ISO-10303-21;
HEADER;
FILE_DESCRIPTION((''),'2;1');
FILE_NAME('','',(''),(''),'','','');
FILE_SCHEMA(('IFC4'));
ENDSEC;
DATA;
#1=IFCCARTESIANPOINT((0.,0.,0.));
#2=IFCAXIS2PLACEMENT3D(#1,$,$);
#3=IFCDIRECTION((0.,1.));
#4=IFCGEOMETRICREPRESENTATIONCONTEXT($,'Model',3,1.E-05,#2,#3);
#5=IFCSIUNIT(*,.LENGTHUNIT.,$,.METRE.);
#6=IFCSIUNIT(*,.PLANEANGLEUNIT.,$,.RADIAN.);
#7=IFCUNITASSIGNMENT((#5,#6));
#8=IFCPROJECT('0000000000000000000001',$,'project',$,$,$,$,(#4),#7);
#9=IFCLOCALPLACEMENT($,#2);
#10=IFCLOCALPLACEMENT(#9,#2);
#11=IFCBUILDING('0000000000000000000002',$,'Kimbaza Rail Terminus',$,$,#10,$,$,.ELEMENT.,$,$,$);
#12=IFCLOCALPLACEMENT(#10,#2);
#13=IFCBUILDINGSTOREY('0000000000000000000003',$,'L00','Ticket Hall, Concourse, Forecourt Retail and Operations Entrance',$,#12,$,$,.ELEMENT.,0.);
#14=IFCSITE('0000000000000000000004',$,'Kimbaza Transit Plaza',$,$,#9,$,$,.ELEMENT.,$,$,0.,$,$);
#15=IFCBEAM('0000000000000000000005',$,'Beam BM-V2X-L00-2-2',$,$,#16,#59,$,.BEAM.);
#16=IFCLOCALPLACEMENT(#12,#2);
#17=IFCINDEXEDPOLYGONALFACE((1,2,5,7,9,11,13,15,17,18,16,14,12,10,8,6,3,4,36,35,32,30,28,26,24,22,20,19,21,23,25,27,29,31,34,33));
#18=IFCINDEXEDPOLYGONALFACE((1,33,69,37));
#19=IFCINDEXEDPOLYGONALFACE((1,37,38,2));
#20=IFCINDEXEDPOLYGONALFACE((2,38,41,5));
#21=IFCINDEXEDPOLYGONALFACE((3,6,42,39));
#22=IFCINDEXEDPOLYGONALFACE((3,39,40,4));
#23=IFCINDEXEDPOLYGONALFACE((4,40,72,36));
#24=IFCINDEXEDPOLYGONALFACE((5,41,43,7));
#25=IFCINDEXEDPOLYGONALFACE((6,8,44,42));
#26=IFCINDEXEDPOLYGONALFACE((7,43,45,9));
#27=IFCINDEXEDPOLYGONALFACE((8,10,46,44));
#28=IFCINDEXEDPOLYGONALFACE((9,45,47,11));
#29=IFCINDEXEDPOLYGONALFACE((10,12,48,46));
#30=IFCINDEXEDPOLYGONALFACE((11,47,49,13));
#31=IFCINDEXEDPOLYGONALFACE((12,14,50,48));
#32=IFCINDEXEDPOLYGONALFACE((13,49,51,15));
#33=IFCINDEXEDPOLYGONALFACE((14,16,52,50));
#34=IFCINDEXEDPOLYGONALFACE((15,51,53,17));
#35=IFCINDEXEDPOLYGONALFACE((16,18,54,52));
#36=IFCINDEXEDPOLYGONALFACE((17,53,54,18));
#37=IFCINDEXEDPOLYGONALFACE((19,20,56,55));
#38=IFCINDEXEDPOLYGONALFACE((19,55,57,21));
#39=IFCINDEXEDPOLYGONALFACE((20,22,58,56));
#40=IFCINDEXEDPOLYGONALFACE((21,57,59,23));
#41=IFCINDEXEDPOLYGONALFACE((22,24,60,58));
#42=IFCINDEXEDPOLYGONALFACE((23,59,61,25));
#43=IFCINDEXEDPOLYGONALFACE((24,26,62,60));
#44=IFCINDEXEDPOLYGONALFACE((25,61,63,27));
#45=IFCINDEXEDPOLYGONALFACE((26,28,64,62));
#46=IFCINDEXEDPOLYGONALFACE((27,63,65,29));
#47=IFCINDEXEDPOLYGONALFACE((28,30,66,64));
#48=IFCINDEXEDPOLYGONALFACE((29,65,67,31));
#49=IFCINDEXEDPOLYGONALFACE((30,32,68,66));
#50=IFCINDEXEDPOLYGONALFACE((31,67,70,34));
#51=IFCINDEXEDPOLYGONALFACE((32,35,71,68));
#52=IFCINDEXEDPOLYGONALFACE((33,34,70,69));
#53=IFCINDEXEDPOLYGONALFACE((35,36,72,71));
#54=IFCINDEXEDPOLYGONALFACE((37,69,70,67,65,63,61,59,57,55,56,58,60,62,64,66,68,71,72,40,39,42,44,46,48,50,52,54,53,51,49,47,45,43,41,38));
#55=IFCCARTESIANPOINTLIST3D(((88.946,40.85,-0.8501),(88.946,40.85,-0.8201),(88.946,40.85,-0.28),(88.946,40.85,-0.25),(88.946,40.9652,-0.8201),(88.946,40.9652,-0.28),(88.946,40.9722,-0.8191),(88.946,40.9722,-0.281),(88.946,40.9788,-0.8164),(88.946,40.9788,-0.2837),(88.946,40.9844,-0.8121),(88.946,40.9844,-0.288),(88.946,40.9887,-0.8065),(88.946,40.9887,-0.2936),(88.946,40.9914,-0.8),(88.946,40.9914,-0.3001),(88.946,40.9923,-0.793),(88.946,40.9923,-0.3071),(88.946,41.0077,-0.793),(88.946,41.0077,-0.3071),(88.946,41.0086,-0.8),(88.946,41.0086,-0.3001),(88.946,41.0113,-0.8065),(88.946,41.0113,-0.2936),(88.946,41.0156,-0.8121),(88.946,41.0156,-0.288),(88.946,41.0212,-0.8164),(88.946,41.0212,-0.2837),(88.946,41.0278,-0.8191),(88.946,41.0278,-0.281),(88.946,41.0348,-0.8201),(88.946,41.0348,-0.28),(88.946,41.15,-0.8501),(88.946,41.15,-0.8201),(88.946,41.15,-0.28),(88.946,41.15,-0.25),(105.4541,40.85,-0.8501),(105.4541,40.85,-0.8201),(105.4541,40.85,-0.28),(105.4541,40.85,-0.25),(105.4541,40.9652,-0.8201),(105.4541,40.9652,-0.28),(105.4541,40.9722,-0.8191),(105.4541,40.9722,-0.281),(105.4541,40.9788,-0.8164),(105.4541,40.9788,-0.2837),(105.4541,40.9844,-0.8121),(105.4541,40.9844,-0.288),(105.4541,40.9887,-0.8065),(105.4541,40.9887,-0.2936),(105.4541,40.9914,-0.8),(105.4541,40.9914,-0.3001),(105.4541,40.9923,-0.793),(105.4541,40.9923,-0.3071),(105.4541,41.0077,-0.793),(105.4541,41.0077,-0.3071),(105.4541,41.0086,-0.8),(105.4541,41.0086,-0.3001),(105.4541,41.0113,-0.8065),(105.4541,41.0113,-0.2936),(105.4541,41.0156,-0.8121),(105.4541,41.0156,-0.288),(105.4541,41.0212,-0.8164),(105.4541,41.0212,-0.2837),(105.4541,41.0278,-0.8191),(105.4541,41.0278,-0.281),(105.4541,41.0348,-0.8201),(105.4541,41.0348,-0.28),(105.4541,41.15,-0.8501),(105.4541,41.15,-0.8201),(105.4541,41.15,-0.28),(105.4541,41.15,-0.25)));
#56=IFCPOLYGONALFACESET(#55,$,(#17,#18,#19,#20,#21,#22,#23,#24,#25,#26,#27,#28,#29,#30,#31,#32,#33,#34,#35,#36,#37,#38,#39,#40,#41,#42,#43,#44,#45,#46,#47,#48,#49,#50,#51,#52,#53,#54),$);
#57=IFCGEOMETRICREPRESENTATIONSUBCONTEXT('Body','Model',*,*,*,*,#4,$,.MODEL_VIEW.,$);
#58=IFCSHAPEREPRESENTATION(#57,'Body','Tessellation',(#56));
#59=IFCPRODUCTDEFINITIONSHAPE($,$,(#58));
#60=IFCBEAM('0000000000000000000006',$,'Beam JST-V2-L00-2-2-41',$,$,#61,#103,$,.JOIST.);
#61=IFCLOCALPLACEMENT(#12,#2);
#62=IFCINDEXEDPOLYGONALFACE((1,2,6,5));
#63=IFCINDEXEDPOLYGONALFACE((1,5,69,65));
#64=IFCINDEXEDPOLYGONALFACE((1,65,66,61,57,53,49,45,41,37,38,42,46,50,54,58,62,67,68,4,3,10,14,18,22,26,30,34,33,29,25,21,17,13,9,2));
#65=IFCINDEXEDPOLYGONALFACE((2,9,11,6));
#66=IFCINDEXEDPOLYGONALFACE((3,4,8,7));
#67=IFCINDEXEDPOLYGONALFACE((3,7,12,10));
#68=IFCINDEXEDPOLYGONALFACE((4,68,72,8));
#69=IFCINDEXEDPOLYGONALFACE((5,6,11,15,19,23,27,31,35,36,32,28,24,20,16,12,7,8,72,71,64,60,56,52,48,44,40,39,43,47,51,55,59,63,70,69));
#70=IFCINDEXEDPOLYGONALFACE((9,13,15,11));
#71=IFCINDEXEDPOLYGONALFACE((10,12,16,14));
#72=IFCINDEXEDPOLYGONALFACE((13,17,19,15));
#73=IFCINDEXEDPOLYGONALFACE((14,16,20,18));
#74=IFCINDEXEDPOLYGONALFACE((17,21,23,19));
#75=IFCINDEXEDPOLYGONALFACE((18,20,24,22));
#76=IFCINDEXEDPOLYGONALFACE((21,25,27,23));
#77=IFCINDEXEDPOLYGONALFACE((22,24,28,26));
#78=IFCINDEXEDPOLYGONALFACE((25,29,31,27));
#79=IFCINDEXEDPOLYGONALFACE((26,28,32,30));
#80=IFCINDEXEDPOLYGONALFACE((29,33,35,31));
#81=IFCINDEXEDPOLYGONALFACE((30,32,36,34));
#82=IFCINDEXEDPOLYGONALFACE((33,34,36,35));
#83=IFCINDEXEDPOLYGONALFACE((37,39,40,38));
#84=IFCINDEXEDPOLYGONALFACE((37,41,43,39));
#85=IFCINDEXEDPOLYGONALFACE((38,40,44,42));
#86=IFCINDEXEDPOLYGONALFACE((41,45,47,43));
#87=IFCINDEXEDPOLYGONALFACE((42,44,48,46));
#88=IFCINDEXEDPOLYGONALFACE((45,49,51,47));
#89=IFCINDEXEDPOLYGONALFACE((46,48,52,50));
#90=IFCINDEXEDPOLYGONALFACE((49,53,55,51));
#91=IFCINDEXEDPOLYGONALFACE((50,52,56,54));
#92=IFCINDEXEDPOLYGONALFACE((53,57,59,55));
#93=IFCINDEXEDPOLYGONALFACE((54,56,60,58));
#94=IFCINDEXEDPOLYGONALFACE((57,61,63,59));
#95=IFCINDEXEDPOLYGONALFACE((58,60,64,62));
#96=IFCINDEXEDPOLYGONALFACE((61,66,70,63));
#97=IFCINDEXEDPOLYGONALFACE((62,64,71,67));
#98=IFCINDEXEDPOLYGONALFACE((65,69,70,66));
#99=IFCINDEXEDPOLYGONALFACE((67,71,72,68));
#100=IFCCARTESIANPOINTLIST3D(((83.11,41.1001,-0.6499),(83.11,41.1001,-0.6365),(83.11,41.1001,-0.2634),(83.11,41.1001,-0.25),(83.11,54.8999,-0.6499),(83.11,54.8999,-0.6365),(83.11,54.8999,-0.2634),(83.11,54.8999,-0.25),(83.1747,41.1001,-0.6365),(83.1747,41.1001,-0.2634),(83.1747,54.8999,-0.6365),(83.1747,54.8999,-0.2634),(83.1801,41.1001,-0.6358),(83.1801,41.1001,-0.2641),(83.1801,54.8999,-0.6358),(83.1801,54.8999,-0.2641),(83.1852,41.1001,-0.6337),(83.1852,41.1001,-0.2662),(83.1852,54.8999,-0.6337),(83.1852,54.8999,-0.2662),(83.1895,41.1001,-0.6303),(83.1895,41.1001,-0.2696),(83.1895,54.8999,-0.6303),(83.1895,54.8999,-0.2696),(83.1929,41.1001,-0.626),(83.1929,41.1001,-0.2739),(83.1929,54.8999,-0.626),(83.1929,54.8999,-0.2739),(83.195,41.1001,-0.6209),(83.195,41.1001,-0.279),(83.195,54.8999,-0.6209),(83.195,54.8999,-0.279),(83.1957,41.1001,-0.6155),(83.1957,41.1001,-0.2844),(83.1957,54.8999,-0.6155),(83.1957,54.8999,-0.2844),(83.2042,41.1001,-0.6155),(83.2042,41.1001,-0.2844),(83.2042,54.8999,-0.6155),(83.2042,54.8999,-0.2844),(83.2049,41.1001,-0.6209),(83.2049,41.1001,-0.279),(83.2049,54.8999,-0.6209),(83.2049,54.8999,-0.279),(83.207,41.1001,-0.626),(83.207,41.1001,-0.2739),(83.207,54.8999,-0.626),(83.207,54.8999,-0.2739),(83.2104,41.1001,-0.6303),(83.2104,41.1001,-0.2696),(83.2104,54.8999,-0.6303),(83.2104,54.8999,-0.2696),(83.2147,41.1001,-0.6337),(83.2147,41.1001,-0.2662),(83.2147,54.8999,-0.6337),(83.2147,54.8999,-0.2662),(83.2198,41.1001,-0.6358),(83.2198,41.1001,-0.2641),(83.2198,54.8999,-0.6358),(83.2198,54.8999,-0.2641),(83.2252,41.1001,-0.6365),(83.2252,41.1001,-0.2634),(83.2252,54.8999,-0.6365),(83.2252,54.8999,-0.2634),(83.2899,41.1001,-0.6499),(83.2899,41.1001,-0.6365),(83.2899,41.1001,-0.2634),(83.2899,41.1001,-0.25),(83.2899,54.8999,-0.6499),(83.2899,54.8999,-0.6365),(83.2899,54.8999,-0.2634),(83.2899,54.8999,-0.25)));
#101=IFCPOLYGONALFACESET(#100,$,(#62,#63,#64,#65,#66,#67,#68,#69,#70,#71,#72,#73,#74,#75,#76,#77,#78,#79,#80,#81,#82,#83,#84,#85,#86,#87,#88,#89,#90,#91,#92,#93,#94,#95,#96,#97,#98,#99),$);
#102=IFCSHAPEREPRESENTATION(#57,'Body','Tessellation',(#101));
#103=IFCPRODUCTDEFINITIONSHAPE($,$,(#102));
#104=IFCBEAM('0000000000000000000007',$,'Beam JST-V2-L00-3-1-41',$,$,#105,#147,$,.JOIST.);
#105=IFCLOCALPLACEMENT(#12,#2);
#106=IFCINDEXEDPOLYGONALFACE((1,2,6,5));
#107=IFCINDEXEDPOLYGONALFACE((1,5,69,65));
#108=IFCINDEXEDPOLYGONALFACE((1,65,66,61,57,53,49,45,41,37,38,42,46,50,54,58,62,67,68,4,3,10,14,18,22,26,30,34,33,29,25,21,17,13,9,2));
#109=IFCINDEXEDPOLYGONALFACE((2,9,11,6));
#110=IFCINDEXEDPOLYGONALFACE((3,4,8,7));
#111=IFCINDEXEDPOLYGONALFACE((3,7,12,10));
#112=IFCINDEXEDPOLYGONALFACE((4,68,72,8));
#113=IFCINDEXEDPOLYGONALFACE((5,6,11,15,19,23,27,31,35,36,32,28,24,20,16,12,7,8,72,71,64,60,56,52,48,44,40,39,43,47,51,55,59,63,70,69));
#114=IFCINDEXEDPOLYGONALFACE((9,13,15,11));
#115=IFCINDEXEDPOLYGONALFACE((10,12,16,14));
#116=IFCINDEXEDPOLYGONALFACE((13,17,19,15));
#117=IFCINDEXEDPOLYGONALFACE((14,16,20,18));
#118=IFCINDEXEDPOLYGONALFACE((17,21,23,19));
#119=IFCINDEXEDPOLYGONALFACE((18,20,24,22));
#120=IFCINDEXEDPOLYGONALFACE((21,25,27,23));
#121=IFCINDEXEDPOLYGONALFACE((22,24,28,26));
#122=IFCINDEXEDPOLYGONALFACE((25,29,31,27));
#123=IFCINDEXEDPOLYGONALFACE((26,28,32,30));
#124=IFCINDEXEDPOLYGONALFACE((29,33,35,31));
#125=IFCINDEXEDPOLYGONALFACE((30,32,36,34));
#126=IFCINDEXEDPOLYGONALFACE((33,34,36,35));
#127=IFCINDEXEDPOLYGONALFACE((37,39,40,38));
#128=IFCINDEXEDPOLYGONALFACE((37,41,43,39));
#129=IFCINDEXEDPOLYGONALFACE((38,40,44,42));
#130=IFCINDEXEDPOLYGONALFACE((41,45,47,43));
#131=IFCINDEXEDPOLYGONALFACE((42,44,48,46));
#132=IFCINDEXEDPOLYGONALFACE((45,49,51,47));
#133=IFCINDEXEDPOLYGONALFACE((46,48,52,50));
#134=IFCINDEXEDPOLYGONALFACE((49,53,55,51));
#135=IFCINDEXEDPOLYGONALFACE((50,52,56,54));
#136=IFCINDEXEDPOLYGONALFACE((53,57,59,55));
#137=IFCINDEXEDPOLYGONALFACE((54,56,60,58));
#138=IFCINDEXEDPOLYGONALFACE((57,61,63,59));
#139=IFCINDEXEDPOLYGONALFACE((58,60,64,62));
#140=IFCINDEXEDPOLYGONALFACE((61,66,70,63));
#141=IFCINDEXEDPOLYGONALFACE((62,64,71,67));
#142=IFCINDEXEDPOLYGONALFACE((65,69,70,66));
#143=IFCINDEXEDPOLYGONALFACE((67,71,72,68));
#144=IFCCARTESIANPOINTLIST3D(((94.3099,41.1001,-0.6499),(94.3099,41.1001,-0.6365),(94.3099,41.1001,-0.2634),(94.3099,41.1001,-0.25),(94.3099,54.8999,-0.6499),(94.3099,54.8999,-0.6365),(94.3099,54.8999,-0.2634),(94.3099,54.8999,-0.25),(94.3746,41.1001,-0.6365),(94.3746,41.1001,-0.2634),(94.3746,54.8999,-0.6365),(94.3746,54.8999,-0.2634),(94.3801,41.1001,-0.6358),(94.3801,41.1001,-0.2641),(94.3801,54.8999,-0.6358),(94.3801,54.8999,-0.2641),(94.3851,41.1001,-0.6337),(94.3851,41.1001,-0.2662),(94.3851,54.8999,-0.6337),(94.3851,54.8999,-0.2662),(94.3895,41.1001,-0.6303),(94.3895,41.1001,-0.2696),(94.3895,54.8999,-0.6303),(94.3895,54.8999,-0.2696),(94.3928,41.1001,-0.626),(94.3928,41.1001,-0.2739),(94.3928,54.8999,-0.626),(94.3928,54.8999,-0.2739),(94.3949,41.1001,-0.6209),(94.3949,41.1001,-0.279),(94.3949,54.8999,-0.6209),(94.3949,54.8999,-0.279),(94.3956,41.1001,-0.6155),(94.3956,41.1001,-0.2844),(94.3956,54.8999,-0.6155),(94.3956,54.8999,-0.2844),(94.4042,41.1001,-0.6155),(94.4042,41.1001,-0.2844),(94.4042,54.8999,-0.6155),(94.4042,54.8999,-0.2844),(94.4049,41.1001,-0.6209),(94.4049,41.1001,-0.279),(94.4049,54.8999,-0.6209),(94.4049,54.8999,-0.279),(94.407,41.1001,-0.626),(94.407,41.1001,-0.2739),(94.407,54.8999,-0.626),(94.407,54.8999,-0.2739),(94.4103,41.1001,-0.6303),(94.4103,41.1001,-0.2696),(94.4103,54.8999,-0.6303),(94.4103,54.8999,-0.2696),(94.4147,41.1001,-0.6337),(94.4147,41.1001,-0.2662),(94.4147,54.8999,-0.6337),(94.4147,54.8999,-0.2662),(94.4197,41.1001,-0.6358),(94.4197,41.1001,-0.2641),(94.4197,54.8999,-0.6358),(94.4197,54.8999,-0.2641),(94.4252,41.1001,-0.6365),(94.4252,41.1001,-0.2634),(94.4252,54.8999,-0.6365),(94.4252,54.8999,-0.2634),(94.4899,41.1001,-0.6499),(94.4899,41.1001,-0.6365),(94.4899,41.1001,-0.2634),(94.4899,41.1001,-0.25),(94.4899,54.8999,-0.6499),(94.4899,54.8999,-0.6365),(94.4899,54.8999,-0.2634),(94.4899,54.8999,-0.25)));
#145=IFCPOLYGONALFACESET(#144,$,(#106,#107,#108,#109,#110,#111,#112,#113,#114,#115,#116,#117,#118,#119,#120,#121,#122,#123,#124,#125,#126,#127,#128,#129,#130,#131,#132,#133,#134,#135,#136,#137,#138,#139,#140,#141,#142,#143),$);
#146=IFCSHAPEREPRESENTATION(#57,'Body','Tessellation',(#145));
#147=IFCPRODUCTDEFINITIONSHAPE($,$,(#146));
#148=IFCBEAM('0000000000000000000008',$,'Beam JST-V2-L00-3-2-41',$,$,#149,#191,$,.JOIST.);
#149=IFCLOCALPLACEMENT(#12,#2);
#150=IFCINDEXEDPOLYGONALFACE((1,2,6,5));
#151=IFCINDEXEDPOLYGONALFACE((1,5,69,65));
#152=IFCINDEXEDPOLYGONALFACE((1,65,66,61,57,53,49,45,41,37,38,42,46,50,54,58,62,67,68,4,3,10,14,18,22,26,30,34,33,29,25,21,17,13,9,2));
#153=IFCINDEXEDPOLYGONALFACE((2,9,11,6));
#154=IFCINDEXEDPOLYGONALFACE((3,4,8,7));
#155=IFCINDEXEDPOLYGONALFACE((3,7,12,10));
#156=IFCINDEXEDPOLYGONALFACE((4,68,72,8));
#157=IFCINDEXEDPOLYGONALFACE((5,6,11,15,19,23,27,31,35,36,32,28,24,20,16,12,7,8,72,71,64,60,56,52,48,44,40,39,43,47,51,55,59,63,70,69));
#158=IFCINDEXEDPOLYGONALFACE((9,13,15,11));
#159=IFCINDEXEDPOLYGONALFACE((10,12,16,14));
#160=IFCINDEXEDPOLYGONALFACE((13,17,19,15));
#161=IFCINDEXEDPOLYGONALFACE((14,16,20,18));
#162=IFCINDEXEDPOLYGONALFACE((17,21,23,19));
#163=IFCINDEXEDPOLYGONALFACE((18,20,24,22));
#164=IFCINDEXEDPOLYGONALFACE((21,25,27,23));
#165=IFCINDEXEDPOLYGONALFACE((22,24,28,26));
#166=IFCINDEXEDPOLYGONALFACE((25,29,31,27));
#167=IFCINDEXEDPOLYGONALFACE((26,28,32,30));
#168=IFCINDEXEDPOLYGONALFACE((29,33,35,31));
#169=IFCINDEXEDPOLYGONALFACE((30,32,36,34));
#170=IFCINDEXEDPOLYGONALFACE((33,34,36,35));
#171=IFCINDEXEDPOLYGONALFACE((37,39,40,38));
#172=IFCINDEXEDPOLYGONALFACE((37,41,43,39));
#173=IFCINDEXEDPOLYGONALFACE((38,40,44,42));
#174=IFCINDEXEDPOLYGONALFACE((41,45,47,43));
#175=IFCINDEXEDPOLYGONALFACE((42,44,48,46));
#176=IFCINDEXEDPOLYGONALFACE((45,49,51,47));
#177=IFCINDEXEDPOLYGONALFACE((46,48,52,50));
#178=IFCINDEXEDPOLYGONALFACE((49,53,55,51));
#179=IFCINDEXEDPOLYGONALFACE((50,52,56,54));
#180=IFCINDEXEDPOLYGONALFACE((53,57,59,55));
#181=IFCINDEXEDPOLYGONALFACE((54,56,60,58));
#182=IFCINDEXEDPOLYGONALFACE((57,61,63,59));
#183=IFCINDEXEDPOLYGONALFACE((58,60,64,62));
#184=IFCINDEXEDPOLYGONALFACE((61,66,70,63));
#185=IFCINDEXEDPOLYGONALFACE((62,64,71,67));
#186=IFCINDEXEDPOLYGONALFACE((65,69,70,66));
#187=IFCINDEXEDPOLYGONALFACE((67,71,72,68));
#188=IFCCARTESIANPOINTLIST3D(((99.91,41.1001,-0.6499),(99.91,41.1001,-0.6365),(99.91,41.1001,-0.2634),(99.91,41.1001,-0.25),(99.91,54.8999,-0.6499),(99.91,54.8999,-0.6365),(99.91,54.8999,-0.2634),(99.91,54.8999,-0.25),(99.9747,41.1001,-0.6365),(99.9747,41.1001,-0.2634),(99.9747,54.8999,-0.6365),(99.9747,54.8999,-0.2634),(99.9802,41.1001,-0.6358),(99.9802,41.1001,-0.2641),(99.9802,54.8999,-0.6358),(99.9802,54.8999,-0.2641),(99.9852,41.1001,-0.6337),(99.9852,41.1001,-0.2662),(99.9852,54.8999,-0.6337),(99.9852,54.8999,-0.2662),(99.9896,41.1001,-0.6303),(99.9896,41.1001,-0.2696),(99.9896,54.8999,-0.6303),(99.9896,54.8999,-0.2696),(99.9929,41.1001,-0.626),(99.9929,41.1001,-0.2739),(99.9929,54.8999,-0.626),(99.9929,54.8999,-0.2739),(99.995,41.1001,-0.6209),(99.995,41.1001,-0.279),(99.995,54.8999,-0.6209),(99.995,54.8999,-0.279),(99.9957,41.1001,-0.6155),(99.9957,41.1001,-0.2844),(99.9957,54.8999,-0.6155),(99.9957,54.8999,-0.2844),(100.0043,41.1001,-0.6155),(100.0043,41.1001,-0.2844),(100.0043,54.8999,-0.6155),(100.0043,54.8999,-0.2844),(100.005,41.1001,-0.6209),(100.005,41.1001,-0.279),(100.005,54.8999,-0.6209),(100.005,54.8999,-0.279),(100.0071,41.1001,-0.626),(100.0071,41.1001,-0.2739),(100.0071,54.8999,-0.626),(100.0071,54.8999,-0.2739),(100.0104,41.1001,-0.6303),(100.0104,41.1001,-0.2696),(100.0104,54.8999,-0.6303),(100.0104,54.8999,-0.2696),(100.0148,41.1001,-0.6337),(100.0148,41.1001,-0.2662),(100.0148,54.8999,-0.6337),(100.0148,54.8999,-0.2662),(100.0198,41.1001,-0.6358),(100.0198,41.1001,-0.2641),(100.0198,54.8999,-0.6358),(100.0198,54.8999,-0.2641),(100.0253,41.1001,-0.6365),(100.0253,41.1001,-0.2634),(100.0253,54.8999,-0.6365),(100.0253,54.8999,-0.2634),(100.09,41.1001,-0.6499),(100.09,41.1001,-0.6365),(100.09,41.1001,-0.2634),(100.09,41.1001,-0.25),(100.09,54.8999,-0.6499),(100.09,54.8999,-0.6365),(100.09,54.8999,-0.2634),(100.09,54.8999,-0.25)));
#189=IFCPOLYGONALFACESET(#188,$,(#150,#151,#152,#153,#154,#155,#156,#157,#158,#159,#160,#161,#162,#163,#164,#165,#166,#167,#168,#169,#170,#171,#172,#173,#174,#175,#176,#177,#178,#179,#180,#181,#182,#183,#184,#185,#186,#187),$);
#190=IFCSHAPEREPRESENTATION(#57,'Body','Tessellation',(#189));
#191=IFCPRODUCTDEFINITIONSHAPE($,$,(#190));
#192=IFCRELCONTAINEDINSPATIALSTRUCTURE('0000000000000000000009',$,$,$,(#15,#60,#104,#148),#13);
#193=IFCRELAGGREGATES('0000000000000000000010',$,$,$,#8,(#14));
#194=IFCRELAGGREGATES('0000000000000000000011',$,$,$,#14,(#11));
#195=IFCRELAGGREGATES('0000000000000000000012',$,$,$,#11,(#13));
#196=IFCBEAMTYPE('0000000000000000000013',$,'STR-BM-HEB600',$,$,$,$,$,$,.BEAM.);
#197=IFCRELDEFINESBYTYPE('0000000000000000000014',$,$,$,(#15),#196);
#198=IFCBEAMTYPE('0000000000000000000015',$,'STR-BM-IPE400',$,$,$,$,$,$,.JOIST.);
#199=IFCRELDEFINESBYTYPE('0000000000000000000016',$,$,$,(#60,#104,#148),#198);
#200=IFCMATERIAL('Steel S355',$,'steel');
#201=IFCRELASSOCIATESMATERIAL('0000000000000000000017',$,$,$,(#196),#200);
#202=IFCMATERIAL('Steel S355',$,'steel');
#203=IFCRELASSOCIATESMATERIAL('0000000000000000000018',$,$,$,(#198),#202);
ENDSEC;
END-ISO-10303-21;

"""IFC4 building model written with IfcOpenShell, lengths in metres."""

from ifc_helpers import new_model, si_unit, direction, frame, origin, origin_2d, place, context, subcontext, project, spatial, i_section, extrude, material, material_profile, profile_set, type_object, element, save


model = new_model("IFC4")

# Units and contexts
model_context = context("Model", 3, precision=1e-05, world=origin(), true_north=direction((0.0, 1.0)))
body_context = subcontext(model_context, "Body", "Model", "MODEL_VIEW")
ifc_project = project(units=[si_unit("LENGTHUNIT", "METRE"), si_unit("PLANEANGLEUNIT", "RADIAN")], contexts=[model_context])

# Site, building, storey
site_placement = place(None, origin())
site = spatial("IfcSite", under=ifc_project, at=site_placement, Name="Kimbaza Transit Plaza", CompositionType="ELEMENT", RefElevation=0.0)
building_placement = place(site_placement, origin())
building = spatial("IfcBuilding", under=site, at=building_placement, Name="Kimbaza Rail Terminus", CompositionType="ELEMENT")
storey_placement = place(building_placement, origin())
storey = spatial("IfcBuildingStorey", under=building, at=storey_placement, Name="L00", Description="Ticket Hall, Concourse, Forecourt Retail and Operations Entrance", CompositionType="ELEMENT", Elevation=0.0)

# Beams
ifc_material_1 = material(Name="Steel S355", Category="steel")
ifc_material_profile_1 = material_profile(ifc_material_1, i_section(OverallWidth=0.3, OverallDepth=0.6001, WebThickness=0.0154, FlangeThickness=0.03, FilletRadius=0.0271, at=origin_2d()), Name="HEB 600")
ifc_profile_set_1 = profile_set([ifc_material_profile_1], Name="Steel S355")
beam_type_1 = type_object("IfcBeamType", Name="STR-BM-HEB600", PredefinedType="BEAM", material=ifc_profile_set_1)
beam_1_placement = place(storey_placement, frame((88.946, 41.0, -0.55), z_axis=(1.0, 0.0, 0.0), x_axis=(0.0, 1.0, 0.0)))
element("IfcBeam", 1, at=beam_1_placement, inside=storey, type_object=beam_type_1, Name="Beam BM-V2X-L00-2-2", PredefinedType="BEAM", context=body_context, shape_type="SweptSolid", body=[
    extrude(i_section(OverallWidth=0.3, OverallDepth=0.6001, WebThickness=0.0154, FlangeThickness=0.03, FilletRadius=0.0271, at=origin_2d()), origin(), (0.0, 0.0, 1.0), 16.5081),
])
ifc_material_2 = material(Name="Steel S355", Category="steel")
ifc_material_profile_2 = material_profile(ifc_material_2, i_section(OverallWidth=0.1799, OverallDepth=0.3999, WebThickness=0.0085, FlangeThickness=0.0134, FilletRadius=0.021, at=origin_2d()), Name="IPE 400")
ifc_profile_set_2 = profile_set([ifc_material_profile_2], Name="Steel S355")
beam_type_2 = type_object("IfcBeamType", Name="STR-BM-IPE400", PredefinedType="JOIST", material=ifc_profile_set_2)
for number, where, z_axis, x_axis, name in (
    (2, (83.2, 41.1001, -0.45), (0.0, 1.0, 0.0), (-1.0, 0.0, 0.0), "Beam JST-V2-L00-2-2-41"),
    (3, (94.3999, 41.1001, -0.45), (0.0, 1.0, 0.0), (-1.0, 0.0, 0.0), "Beam JST-V2-L00-3-1-41"),
    (4, (100.0, 41.1001, -0.45), (0.0, 1.0, 0.0), (-1.0, 0.0, 0.0), "Beam JST-V2-L00-3-2-41"),
):
    element("IfcBeam", number, at=place(storey_placement, frame(where, z_axis=z_axis, x_axis=x_axis)), inside=storey, type_object=beam_type_2, Name=name, PredefinedType="JOIST", context=body_context, shape_type="SweptSolid", body=[
        extrude(i_section(OverallWidth=0.1799, OverallDepth=0.3999, WebThickness=0.0085, FlangeThickness=0.0134, FilletRadius=0.021, at=origin_2d()), origin(), (0.0, 0.0, 1.0), 13.7998),
    ])

save(model, "model.ifc")
